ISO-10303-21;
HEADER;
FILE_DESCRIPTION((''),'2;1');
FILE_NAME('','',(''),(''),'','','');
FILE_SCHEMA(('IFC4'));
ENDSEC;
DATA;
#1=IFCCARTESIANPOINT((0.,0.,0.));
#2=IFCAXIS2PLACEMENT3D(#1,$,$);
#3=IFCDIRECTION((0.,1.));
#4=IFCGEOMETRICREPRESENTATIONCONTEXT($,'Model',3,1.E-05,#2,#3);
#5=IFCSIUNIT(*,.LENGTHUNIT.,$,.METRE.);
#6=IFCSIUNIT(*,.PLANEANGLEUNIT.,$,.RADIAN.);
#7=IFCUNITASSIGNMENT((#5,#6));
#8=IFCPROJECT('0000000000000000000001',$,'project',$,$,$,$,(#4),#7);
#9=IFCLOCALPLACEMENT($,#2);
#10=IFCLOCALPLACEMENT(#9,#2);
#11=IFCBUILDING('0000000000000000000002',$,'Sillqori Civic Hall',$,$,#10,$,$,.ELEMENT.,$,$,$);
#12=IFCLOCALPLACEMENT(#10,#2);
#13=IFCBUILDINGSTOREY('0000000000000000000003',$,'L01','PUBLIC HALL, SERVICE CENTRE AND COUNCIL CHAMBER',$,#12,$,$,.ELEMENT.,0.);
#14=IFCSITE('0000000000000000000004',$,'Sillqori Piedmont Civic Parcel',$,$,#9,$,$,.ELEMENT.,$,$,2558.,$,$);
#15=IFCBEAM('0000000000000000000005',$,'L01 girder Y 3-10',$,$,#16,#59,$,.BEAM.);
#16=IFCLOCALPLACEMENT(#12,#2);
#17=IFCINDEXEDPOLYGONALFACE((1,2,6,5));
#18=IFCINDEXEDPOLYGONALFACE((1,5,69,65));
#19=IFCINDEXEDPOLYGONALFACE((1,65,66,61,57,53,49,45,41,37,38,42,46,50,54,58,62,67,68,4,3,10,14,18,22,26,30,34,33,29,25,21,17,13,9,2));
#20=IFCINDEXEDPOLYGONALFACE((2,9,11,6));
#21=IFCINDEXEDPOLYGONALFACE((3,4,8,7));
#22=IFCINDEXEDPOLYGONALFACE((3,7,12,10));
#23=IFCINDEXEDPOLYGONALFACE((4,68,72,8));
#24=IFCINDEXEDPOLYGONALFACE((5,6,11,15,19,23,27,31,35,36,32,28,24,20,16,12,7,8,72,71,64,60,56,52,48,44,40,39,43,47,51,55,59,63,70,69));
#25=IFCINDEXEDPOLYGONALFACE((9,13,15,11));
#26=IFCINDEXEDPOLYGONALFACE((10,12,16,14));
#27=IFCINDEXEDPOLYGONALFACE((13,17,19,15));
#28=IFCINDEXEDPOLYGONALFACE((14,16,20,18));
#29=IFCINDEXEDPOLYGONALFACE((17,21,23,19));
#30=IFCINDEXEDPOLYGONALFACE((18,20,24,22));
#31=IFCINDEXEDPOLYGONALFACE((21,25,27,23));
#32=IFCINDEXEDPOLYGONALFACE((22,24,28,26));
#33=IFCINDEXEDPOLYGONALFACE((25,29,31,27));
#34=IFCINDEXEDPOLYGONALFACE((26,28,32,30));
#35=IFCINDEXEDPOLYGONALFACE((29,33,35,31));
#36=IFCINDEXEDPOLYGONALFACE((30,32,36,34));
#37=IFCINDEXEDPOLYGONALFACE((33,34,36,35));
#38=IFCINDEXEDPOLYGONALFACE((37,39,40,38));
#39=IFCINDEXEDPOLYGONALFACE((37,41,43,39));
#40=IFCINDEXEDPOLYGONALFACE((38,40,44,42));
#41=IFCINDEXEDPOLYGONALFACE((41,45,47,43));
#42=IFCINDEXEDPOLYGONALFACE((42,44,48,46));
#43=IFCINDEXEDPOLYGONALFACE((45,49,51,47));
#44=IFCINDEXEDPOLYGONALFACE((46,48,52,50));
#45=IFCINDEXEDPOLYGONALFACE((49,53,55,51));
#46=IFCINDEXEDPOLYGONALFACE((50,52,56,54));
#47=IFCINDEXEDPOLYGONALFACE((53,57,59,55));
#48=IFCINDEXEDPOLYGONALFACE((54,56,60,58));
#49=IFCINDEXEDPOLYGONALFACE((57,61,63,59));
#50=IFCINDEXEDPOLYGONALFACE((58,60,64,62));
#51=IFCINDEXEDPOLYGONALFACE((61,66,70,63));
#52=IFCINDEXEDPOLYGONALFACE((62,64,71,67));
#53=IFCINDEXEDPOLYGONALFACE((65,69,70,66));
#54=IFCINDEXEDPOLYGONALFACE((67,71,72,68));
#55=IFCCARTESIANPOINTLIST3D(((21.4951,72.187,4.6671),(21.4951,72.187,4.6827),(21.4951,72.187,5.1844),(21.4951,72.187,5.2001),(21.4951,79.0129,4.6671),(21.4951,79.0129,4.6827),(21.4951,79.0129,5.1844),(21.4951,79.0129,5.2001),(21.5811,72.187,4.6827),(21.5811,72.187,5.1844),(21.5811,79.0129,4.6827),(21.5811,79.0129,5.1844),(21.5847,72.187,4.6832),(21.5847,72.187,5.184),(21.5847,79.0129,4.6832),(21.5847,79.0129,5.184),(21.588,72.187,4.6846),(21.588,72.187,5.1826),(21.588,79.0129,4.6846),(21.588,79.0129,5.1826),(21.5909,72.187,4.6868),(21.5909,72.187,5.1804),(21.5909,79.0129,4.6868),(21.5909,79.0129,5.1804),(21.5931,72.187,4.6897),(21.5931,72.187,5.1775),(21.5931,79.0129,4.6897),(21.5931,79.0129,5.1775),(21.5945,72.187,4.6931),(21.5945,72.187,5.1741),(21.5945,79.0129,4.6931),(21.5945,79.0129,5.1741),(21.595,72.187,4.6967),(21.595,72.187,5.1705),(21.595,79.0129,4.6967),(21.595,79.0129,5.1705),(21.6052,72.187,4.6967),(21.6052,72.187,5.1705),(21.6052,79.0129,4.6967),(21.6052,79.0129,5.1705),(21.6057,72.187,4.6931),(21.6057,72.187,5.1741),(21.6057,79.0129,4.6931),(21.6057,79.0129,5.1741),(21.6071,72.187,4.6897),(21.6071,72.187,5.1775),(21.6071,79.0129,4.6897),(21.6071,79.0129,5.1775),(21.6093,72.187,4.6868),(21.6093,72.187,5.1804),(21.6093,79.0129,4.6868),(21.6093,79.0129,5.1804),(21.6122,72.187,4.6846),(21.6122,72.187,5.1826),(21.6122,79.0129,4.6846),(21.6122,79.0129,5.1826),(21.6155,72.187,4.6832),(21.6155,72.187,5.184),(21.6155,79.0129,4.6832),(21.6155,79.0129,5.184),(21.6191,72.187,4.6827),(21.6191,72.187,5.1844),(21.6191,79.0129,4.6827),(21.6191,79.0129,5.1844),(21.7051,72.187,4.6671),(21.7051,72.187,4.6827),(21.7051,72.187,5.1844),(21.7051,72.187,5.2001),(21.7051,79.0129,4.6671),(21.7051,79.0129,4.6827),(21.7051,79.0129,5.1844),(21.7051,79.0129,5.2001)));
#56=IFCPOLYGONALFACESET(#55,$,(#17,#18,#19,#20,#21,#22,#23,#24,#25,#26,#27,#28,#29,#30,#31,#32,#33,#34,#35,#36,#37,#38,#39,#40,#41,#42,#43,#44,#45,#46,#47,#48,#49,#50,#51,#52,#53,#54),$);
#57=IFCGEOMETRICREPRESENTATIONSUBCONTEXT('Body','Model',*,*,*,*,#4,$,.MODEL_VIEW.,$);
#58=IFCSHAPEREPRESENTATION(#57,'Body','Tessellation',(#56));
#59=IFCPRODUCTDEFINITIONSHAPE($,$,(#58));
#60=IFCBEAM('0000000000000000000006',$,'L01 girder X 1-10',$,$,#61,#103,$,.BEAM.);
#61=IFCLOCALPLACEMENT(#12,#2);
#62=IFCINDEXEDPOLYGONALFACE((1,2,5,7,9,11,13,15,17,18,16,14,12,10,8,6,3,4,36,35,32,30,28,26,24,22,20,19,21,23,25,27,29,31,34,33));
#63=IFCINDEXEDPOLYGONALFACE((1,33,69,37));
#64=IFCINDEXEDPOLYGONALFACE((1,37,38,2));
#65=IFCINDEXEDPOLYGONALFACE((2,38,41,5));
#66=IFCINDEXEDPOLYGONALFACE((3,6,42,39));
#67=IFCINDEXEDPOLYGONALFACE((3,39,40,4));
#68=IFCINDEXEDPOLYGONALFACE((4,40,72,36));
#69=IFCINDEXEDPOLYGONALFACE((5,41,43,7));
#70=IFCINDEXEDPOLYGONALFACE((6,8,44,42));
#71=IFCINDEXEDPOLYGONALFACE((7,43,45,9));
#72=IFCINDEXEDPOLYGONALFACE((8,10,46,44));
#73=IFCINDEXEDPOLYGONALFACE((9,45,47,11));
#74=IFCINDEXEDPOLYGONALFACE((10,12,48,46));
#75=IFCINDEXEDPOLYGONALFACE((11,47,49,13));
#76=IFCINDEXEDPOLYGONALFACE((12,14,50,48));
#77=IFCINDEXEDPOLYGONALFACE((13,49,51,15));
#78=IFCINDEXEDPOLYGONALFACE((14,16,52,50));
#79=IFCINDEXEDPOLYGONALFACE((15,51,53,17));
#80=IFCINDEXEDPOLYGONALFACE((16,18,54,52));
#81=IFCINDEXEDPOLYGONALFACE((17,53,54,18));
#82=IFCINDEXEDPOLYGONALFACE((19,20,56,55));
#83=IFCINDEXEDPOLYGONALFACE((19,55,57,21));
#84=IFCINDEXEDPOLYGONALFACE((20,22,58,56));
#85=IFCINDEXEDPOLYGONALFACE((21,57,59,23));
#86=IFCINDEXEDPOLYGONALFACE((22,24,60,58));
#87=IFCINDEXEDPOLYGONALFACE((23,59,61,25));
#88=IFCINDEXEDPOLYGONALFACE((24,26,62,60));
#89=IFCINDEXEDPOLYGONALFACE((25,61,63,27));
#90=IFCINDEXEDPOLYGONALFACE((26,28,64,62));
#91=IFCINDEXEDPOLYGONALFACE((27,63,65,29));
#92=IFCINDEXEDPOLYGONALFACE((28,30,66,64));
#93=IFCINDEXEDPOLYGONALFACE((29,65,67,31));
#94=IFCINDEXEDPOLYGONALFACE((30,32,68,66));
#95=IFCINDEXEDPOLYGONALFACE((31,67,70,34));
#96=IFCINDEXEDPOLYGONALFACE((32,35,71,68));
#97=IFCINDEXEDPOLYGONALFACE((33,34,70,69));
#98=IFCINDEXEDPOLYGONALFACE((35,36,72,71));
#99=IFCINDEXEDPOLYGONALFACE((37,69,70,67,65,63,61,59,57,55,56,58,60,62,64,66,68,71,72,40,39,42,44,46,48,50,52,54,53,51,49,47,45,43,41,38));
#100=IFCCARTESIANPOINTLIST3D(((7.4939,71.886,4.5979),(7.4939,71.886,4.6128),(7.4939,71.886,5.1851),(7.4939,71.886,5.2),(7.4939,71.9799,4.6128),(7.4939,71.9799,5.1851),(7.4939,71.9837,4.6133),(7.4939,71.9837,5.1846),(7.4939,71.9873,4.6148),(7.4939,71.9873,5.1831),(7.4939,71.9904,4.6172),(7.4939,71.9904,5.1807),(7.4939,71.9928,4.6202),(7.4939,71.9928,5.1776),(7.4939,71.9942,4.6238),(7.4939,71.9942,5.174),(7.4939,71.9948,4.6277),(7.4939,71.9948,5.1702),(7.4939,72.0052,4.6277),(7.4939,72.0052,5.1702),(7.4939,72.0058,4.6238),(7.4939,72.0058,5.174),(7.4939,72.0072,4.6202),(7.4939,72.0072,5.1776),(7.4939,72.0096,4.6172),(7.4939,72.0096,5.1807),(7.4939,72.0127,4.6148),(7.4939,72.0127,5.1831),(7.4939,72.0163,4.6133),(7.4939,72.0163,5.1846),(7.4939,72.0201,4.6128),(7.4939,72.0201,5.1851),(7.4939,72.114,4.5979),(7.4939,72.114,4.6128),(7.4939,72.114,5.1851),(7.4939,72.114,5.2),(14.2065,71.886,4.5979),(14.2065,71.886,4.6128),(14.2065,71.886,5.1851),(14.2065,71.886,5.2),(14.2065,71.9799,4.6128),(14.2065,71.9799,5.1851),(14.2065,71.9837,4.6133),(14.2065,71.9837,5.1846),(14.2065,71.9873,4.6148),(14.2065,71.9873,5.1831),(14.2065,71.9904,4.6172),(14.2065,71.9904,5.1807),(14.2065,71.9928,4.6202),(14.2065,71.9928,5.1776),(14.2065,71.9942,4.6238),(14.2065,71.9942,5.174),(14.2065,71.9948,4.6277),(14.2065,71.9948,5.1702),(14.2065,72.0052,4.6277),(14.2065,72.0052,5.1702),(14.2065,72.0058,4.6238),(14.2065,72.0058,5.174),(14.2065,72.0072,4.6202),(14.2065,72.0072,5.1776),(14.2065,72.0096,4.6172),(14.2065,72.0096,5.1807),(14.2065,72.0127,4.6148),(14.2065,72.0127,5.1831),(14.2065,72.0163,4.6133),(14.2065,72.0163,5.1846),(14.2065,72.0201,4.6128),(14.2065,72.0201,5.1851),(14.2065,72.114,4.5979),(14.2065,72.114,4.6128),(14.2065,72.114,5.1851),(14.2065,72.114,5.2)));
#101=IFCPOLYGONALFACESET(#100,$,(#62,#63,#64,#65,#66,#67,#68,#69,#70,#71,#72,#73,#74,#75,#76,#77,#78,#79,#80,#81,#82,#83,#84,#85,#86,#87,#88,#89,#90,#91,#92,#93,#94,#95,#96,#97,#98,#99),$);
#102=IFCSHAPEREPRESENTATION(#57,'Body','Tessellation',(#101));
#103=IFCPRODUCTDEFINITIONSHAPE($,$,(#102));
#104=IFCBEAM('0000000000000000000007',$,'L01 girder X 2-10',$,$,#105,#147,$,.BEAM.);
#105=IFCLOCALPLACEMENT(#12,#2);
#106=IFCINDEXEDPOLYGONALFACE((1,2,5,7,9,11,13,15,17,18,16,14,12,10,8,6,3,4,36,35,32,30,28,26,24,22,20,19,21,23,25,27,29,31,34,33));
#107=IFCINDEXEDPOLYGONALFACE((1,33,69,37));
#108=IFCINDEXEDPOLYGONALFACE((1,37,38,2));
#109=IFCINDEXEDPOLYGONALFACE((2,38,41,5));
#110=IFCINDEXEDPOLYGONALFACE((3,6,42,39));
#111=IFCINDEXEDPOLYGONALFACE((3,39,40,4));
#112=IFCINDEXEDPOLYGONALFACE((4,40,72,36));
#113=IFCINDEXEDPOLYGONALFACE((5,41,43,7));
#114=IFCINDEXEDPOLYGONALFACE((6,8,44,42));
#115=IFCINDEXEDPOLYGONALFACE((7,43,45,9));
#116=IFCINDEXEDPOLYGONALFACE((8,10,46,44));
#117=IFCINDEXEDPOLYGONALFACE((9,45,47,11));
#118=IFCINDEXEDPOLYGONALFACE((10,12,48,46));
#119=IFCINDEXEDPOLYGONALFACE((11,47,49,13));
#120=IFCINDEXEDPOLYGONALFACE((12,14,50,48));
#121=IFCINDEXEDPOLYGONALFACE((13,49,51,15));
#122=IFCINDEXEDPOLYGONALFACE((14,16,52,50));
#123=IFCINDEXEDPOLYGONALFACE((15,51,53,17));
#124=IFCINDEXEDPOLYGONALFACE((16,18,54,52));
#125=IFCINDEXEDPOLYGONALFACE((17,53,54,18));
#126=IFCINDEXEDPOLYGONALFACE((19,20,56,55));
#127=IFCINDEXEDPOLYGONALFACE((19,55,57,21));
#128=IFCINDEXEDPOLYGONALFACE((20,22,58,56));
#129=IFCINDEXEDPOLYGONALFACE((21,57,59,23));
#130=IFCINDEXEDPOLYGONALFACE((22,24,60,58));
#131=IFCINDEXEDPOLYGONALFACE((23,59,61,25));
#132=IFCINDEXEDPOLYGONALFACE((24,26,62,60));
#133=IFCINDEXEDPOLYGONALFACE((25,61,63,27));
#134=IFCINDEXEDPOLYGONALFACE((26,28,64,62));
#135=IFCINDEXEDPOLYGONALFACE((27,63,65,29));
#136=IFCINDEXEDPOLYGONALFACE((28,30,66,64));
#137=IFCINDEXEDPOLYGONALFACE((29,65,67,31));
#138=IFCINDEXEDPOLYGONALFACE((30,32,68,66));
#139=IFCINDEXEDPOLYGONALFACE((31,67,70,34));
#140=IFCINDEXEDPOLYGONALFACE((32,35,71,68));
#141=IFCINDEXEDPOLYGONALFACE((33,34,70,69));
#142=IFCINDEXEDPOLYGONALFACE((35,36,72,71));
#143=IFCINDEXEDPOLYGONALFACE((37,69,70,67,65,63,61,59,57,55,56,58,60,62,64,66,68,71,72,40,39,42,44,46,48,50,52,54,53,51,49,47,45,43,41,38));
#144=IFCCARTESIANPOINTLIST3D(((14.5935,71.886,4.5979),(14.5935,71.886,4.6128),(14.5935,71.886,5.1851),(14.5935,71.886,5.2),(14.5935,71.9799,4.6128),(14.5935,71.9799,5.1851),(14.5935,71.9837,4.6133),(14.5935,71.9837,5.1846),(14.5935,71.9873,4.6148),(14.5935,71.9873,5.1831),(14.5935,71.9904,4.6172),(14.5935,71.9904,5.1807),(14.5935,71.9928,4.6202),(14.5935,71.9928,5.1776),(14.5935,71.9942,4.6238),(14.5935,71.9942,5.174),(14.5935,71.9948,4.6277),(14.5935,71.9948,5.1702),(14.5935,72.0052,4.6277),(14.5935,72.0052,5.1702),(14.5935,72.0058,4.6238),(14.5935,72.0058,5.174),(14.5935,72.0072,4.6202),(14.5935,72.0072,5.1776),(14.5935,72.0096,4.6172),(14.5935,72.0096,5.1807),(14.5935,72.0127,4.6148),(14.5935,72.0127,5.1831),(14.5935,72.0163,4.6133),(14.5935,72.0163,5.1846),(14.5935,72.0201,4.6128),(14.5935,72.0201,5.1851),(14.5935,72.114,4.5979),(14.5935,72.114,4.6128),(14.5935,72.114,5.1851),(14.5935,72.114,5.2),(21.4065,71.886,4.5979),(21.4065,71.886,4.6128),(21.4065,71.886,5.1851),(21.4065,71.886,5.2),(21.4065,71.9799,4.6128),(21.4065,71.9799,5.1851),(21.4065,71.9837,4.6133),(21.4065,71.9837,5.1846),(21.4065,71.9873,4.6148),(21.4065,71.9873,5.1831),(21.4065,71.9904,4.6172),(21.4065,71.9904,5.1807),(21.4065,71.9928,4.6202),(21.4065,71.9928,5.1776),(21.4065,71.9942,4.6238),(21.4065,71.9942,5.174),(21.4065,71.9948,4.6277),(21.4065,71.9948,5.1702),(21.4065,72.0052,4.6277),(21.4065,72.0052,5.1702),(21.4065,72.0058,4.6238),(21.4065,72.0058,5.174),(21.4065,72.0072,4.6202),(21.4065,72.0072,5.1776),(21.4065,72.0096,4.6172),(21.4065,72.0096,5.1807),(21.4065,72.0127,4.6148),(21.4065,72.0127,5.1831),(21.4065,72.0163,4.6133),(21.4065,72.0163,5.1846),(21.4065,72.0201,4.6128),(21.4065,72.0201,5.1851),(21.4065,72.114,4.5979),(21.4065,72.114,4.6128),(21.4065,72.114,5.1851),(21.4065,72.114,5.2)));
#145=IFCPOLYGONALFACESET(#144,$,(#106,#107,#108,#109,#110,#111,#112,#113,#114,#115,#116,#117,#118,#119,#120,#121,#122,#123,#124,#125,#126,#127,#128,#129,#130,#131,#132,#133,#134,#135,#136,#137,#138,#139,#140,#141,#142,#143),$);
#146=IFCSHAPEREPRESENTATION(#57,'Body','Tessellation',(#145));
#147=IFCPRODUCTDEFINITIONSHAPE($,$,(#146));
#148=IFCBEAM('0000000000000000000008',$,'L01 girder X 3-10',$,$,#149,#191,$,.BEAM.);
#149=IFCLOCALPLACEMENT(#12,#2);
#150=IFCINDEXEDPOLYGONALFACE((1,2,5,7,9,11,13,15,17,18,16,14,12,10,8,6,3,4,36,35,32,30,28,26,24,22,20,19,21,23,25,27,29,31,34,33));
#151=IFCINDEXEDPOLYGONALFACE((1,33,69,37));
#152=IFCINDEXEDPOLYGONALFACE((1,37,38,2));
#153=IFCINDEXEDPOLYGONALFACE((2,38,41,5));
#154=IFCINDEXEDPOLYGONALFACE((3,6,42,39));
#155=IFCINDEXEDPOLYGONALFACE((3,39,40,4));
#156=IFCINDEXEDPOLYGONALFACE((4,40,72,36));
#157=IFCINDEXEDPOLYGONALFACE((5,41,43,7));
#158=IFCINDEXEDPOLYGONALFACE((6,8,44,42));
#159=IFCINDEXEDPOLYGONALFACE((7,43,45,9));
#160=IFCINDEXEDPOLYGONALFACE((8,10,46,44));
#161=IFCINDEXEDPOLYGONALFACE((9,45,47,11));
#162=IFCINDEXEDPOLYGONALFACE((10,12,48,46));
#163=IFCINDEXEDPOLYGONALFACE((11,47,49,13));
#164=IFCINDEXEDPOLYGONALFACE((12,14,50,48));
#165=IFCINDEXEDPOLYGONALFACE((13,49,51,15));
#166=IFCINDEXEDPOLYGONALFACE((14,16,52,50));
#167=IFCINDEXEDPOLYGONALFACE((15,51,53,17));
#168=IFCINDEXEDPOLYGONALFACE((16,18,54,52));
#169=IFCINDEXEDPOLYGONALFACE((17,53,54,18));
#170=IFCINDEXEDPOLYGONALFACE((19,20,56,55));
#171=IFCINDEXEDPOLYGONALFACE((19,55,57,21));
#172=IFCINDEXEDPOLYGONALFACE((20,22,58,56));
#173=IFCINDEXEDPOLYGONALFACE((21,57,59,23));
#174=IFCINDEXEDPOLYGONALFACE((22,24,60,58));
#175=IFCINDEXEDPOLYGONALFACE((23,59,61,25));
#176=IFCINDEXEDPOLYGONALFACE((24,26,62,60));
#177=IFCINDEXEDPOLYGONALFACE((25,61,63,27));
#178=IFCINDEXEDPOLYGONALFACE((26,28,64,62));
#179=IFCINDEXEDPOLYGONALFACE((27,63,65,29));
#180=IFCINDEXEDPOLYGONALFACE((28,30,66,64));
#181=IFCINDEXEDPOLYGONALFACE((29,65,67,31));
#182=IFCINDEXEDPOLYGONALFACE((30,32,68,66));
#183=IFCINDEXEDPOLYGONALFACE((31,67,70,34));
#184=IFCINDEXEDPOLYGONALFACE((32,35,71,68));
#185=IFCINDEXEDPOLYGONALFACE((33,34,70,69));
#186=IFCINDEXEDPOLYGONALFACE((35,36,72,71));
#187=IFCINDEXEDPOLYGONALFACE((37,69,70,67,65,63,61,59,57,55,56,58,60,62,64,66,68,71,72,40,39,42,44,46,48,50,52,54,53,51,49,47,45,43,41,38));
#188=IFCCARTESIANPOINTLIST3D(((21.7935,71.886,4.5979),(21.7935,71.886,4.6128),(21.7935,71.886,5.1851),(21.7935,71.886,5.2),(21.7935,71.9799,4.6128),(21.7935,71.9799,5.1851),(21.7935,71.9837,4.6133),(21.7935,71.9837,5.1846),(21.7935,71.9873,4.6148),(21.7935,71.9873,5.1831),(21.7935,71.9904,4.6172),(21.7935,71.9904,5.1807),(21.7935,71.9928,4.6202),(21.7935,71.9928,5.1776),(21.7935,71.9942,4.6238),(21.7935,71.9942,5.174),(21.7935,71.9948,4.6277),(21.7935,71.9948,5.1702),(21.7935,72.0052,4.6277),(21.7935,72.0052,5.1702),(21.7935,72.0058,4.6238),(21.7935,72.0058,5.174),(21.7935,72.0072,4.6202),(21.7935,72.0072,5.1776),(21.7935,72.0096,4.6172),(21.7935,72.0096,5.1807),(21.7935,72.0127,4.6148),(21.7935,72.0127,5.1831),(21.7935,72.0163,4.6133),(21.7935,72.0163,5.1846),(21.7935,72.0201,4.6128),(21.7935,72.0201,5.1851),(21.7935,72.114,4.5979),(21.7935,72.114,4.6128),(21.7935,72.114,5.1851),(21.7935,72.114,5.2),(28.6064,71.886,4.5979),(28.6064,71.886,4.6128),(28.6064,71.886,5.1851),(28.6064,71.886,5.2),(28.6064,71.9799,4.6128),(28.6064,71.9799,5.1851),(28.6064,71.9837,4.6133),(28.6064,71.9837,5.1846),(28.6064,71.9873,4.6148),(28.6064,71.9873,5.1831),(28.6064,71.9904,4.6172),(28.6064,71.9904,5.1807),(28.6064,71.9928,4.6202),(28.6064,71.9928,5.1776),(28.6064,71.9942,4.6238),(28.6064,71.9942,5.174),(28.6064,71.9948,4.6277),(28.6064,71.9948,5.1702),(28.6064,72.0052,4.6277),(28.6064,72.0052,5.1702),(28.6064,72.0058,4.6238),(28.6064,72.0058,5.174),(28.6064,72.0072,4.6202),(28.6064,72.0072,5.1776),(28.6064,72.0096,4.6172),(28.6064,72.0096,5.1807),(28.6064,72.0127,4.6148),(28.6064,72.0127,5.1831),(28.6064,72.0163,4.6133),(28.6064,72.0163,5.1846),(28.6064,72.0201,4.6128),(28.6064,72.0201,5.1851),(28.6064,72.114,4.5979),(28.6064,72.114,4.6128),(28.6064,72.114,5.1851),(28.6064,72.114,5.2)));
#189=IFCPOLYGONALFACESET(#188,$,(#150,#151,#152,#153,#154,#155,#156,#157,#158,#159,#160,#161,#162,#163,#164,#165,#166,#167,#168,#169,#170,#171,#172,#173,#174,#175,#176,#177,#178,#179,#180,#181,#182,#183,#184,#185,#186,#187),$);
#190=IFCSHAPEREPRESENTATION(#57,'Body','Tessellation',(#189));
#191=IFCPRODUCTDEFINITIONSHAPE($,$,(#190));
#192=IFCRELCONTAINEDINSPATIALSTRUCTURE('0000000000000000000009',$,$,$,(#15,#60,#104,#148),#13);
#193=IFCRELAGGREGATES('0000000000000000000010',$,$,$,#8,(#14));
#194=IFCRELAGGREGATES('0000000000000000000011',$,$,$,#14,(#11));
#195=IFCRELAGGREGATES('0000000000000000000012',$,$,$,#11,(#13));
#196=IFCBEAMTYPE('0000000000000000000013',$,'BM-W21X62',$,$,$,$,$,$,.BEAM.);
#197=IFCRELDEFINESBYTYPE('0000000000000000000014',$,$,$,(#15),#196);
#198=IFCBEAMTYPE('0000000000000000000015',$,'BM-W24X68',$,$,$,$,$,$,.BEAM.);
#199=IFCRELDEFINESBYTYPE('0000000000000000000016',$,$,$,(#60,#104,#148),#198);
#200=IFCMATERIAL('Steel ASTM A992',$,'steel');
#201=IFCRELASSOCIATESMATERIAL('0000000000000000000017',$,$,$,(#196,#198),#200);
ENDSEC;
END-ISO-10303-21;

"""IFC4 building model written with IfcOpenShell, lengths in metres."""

from ifc_helpers import new_model, si_unit, direction, frame, origin, origin_2d, place, context, subcontext, project, spatial, i_section, extrude, material, material_profile, profile_set, type_object, element, save


model = new_model("IFC4")

# Units and contexts
model_context = context("Model", 3, precision=1e-05, world=origin(), true_north=direction((0.0, 1.0)))
body_context = subcontext(model_context, "Body", "Model", "MODEL_VIEW")
ifc_project = project(units=[si_unit("LENGTHUNIT", "METRE"), si_unit("PLANEANGLEUNIT", "RADIAN")], contexts=[model_context])

# Site, building, storey
site_placement = place(None, origin())
site = spatial("IfcSite", under=ifc_project, at=site_placement, Name="Sillqori Piedmont Civic Parcel", CompositionType="ELEMENT", RefElevation=2558.0)
building_placement = place(site_placement, origin())
building = spatial("IfcBuilding", under=site, at=building_placement, Name="Sillqori Civic Hall", CompositionType="ELEMENT")
storey_placement = place(building_placement, origin())
storey = spatial("IfcBuildingStorey", under=building, at=storey_placement, Name="L01", Description="PUBLIC HALL, SERVICE CENTRE AND COUNCIL CHAMBER", CompositionType="ELEMENT", Elevation=0.0)

# Shared definitions
ifc_material_1 = material(Name="Steel ASTM A992", Category="steel")

# Beams
ifc_material_profile_1 = material_profile(ifc_material_1, i_section(OverallWidth=0.21, OverallDepth=0.533, WebThickness=0.0103, FlangeThickness=0.0156, FilletRadius=0.0139, at=origin_2d()), Name="W21X62")
ifc_profile_set_1 = profile_set([ifc_material_profile_1], Name="Steel ASTM A992")
beam_type_1 = type_object("IfcBeamType", Name="BM-W21X62", PredefinedType="BEAM", material=ifc_profile_set_1)
for number, where, z_axis, x_axis, name in (
    (1, (21.6001, 72.187, 4.9336), (0.0, 1.0, 0.0), (-1.0, 0.0, 0.0), "L01 girder Y 3-10"),
):
    element("IfcBeam", number, at=place(storey_placement, frame(where, z_axis=z_axis, x_axis=x_axis)), inside=storey, type_object=beam_type_1, Name=name, PredefinedType="BEAM", context=body_context, shape_type="SweptSolid", body=[
        extrude(i_section(OverallWidth=0.21, OverallDepth=0.533, WebThickness=0.0103, FlangeThickness=0.0156, FilletRadius=0.0139, at=origin_2d()), origin(), (0.0, 0.0, 1.0), 6.8259),
    ])
ifc_material_profile_2 = material_profile(ifc_material_1, i_section(OverallWidth=0.228, OverallDepth=0.6021, WebThickness=0.0105, FlangeThickness=0.0149, FilletRadius=0.0149, at=origin_2d()), Name="W24X68")
ifc_profile_set_2 = profile_set([ifc_material_profile_2], Name="Steel ASTM A992")
beam_type_2 = type_object("IfcBeamType", Name="BM-W24X68", PredefinedType="BEAM", material=ifc_profile_set_2)
beam_1_placement = place(storey_placement, frame((7.4939, 72.0, 4.8989), z_axis=(1.0, 0.0, 0.0), x_axis=(0.0, 1.0, 0.0)))
element("IfcBeam", 2, at=beam_1_placement, inside=storey, type_object=beam_type_2, Name="L01 girder X 1-10", PredefinedType="BEAM", context=body_context, shape_type="SweptSolid", body=[
    extrude(i_section(OverallWidth=0.228, OverallDepth=0.6021, WebThickness=0.0105, FlangeThickness=0.0149, FilletRadius=0.0149, at=origin_2d()), origin(), (0.0, 0.0, 1.0), 6.7126),
])
for number, where, z_axis, x_axis, name in (
    (3, (14.5935, 72.0, 4.8989), (1.0, 0.0, 0.0), (0.0, 1.0, 0.0), "L01 girder X 2-10"),
    (4, (21.7935, 72.0, 4.8989), (1.0, 0.0, 0.0), (0.0, 1.0, 0.0), "L01 girder X 3-10"),
):
    element("IfcBeam", number, at=place(storey_placement, frame(where, z_axis=z_axis, x_axis=x_axis)), inside=storey, type_object=beam_type_2, Name=name, PredefinedType="BEAM", context=body_context, shape_type="SweptSolid", body=[
        extrude(i_section(OverallWidth=0.228, OverallDepth=0.6021, WebThickness=0.0105, FlangeThickness=0.0149, FilletRadius=0.0149, at=origin_2d()), origin(), (0.0, 0.0, 1.0), 6.813),
    ])

save(model, "model.ifc")
